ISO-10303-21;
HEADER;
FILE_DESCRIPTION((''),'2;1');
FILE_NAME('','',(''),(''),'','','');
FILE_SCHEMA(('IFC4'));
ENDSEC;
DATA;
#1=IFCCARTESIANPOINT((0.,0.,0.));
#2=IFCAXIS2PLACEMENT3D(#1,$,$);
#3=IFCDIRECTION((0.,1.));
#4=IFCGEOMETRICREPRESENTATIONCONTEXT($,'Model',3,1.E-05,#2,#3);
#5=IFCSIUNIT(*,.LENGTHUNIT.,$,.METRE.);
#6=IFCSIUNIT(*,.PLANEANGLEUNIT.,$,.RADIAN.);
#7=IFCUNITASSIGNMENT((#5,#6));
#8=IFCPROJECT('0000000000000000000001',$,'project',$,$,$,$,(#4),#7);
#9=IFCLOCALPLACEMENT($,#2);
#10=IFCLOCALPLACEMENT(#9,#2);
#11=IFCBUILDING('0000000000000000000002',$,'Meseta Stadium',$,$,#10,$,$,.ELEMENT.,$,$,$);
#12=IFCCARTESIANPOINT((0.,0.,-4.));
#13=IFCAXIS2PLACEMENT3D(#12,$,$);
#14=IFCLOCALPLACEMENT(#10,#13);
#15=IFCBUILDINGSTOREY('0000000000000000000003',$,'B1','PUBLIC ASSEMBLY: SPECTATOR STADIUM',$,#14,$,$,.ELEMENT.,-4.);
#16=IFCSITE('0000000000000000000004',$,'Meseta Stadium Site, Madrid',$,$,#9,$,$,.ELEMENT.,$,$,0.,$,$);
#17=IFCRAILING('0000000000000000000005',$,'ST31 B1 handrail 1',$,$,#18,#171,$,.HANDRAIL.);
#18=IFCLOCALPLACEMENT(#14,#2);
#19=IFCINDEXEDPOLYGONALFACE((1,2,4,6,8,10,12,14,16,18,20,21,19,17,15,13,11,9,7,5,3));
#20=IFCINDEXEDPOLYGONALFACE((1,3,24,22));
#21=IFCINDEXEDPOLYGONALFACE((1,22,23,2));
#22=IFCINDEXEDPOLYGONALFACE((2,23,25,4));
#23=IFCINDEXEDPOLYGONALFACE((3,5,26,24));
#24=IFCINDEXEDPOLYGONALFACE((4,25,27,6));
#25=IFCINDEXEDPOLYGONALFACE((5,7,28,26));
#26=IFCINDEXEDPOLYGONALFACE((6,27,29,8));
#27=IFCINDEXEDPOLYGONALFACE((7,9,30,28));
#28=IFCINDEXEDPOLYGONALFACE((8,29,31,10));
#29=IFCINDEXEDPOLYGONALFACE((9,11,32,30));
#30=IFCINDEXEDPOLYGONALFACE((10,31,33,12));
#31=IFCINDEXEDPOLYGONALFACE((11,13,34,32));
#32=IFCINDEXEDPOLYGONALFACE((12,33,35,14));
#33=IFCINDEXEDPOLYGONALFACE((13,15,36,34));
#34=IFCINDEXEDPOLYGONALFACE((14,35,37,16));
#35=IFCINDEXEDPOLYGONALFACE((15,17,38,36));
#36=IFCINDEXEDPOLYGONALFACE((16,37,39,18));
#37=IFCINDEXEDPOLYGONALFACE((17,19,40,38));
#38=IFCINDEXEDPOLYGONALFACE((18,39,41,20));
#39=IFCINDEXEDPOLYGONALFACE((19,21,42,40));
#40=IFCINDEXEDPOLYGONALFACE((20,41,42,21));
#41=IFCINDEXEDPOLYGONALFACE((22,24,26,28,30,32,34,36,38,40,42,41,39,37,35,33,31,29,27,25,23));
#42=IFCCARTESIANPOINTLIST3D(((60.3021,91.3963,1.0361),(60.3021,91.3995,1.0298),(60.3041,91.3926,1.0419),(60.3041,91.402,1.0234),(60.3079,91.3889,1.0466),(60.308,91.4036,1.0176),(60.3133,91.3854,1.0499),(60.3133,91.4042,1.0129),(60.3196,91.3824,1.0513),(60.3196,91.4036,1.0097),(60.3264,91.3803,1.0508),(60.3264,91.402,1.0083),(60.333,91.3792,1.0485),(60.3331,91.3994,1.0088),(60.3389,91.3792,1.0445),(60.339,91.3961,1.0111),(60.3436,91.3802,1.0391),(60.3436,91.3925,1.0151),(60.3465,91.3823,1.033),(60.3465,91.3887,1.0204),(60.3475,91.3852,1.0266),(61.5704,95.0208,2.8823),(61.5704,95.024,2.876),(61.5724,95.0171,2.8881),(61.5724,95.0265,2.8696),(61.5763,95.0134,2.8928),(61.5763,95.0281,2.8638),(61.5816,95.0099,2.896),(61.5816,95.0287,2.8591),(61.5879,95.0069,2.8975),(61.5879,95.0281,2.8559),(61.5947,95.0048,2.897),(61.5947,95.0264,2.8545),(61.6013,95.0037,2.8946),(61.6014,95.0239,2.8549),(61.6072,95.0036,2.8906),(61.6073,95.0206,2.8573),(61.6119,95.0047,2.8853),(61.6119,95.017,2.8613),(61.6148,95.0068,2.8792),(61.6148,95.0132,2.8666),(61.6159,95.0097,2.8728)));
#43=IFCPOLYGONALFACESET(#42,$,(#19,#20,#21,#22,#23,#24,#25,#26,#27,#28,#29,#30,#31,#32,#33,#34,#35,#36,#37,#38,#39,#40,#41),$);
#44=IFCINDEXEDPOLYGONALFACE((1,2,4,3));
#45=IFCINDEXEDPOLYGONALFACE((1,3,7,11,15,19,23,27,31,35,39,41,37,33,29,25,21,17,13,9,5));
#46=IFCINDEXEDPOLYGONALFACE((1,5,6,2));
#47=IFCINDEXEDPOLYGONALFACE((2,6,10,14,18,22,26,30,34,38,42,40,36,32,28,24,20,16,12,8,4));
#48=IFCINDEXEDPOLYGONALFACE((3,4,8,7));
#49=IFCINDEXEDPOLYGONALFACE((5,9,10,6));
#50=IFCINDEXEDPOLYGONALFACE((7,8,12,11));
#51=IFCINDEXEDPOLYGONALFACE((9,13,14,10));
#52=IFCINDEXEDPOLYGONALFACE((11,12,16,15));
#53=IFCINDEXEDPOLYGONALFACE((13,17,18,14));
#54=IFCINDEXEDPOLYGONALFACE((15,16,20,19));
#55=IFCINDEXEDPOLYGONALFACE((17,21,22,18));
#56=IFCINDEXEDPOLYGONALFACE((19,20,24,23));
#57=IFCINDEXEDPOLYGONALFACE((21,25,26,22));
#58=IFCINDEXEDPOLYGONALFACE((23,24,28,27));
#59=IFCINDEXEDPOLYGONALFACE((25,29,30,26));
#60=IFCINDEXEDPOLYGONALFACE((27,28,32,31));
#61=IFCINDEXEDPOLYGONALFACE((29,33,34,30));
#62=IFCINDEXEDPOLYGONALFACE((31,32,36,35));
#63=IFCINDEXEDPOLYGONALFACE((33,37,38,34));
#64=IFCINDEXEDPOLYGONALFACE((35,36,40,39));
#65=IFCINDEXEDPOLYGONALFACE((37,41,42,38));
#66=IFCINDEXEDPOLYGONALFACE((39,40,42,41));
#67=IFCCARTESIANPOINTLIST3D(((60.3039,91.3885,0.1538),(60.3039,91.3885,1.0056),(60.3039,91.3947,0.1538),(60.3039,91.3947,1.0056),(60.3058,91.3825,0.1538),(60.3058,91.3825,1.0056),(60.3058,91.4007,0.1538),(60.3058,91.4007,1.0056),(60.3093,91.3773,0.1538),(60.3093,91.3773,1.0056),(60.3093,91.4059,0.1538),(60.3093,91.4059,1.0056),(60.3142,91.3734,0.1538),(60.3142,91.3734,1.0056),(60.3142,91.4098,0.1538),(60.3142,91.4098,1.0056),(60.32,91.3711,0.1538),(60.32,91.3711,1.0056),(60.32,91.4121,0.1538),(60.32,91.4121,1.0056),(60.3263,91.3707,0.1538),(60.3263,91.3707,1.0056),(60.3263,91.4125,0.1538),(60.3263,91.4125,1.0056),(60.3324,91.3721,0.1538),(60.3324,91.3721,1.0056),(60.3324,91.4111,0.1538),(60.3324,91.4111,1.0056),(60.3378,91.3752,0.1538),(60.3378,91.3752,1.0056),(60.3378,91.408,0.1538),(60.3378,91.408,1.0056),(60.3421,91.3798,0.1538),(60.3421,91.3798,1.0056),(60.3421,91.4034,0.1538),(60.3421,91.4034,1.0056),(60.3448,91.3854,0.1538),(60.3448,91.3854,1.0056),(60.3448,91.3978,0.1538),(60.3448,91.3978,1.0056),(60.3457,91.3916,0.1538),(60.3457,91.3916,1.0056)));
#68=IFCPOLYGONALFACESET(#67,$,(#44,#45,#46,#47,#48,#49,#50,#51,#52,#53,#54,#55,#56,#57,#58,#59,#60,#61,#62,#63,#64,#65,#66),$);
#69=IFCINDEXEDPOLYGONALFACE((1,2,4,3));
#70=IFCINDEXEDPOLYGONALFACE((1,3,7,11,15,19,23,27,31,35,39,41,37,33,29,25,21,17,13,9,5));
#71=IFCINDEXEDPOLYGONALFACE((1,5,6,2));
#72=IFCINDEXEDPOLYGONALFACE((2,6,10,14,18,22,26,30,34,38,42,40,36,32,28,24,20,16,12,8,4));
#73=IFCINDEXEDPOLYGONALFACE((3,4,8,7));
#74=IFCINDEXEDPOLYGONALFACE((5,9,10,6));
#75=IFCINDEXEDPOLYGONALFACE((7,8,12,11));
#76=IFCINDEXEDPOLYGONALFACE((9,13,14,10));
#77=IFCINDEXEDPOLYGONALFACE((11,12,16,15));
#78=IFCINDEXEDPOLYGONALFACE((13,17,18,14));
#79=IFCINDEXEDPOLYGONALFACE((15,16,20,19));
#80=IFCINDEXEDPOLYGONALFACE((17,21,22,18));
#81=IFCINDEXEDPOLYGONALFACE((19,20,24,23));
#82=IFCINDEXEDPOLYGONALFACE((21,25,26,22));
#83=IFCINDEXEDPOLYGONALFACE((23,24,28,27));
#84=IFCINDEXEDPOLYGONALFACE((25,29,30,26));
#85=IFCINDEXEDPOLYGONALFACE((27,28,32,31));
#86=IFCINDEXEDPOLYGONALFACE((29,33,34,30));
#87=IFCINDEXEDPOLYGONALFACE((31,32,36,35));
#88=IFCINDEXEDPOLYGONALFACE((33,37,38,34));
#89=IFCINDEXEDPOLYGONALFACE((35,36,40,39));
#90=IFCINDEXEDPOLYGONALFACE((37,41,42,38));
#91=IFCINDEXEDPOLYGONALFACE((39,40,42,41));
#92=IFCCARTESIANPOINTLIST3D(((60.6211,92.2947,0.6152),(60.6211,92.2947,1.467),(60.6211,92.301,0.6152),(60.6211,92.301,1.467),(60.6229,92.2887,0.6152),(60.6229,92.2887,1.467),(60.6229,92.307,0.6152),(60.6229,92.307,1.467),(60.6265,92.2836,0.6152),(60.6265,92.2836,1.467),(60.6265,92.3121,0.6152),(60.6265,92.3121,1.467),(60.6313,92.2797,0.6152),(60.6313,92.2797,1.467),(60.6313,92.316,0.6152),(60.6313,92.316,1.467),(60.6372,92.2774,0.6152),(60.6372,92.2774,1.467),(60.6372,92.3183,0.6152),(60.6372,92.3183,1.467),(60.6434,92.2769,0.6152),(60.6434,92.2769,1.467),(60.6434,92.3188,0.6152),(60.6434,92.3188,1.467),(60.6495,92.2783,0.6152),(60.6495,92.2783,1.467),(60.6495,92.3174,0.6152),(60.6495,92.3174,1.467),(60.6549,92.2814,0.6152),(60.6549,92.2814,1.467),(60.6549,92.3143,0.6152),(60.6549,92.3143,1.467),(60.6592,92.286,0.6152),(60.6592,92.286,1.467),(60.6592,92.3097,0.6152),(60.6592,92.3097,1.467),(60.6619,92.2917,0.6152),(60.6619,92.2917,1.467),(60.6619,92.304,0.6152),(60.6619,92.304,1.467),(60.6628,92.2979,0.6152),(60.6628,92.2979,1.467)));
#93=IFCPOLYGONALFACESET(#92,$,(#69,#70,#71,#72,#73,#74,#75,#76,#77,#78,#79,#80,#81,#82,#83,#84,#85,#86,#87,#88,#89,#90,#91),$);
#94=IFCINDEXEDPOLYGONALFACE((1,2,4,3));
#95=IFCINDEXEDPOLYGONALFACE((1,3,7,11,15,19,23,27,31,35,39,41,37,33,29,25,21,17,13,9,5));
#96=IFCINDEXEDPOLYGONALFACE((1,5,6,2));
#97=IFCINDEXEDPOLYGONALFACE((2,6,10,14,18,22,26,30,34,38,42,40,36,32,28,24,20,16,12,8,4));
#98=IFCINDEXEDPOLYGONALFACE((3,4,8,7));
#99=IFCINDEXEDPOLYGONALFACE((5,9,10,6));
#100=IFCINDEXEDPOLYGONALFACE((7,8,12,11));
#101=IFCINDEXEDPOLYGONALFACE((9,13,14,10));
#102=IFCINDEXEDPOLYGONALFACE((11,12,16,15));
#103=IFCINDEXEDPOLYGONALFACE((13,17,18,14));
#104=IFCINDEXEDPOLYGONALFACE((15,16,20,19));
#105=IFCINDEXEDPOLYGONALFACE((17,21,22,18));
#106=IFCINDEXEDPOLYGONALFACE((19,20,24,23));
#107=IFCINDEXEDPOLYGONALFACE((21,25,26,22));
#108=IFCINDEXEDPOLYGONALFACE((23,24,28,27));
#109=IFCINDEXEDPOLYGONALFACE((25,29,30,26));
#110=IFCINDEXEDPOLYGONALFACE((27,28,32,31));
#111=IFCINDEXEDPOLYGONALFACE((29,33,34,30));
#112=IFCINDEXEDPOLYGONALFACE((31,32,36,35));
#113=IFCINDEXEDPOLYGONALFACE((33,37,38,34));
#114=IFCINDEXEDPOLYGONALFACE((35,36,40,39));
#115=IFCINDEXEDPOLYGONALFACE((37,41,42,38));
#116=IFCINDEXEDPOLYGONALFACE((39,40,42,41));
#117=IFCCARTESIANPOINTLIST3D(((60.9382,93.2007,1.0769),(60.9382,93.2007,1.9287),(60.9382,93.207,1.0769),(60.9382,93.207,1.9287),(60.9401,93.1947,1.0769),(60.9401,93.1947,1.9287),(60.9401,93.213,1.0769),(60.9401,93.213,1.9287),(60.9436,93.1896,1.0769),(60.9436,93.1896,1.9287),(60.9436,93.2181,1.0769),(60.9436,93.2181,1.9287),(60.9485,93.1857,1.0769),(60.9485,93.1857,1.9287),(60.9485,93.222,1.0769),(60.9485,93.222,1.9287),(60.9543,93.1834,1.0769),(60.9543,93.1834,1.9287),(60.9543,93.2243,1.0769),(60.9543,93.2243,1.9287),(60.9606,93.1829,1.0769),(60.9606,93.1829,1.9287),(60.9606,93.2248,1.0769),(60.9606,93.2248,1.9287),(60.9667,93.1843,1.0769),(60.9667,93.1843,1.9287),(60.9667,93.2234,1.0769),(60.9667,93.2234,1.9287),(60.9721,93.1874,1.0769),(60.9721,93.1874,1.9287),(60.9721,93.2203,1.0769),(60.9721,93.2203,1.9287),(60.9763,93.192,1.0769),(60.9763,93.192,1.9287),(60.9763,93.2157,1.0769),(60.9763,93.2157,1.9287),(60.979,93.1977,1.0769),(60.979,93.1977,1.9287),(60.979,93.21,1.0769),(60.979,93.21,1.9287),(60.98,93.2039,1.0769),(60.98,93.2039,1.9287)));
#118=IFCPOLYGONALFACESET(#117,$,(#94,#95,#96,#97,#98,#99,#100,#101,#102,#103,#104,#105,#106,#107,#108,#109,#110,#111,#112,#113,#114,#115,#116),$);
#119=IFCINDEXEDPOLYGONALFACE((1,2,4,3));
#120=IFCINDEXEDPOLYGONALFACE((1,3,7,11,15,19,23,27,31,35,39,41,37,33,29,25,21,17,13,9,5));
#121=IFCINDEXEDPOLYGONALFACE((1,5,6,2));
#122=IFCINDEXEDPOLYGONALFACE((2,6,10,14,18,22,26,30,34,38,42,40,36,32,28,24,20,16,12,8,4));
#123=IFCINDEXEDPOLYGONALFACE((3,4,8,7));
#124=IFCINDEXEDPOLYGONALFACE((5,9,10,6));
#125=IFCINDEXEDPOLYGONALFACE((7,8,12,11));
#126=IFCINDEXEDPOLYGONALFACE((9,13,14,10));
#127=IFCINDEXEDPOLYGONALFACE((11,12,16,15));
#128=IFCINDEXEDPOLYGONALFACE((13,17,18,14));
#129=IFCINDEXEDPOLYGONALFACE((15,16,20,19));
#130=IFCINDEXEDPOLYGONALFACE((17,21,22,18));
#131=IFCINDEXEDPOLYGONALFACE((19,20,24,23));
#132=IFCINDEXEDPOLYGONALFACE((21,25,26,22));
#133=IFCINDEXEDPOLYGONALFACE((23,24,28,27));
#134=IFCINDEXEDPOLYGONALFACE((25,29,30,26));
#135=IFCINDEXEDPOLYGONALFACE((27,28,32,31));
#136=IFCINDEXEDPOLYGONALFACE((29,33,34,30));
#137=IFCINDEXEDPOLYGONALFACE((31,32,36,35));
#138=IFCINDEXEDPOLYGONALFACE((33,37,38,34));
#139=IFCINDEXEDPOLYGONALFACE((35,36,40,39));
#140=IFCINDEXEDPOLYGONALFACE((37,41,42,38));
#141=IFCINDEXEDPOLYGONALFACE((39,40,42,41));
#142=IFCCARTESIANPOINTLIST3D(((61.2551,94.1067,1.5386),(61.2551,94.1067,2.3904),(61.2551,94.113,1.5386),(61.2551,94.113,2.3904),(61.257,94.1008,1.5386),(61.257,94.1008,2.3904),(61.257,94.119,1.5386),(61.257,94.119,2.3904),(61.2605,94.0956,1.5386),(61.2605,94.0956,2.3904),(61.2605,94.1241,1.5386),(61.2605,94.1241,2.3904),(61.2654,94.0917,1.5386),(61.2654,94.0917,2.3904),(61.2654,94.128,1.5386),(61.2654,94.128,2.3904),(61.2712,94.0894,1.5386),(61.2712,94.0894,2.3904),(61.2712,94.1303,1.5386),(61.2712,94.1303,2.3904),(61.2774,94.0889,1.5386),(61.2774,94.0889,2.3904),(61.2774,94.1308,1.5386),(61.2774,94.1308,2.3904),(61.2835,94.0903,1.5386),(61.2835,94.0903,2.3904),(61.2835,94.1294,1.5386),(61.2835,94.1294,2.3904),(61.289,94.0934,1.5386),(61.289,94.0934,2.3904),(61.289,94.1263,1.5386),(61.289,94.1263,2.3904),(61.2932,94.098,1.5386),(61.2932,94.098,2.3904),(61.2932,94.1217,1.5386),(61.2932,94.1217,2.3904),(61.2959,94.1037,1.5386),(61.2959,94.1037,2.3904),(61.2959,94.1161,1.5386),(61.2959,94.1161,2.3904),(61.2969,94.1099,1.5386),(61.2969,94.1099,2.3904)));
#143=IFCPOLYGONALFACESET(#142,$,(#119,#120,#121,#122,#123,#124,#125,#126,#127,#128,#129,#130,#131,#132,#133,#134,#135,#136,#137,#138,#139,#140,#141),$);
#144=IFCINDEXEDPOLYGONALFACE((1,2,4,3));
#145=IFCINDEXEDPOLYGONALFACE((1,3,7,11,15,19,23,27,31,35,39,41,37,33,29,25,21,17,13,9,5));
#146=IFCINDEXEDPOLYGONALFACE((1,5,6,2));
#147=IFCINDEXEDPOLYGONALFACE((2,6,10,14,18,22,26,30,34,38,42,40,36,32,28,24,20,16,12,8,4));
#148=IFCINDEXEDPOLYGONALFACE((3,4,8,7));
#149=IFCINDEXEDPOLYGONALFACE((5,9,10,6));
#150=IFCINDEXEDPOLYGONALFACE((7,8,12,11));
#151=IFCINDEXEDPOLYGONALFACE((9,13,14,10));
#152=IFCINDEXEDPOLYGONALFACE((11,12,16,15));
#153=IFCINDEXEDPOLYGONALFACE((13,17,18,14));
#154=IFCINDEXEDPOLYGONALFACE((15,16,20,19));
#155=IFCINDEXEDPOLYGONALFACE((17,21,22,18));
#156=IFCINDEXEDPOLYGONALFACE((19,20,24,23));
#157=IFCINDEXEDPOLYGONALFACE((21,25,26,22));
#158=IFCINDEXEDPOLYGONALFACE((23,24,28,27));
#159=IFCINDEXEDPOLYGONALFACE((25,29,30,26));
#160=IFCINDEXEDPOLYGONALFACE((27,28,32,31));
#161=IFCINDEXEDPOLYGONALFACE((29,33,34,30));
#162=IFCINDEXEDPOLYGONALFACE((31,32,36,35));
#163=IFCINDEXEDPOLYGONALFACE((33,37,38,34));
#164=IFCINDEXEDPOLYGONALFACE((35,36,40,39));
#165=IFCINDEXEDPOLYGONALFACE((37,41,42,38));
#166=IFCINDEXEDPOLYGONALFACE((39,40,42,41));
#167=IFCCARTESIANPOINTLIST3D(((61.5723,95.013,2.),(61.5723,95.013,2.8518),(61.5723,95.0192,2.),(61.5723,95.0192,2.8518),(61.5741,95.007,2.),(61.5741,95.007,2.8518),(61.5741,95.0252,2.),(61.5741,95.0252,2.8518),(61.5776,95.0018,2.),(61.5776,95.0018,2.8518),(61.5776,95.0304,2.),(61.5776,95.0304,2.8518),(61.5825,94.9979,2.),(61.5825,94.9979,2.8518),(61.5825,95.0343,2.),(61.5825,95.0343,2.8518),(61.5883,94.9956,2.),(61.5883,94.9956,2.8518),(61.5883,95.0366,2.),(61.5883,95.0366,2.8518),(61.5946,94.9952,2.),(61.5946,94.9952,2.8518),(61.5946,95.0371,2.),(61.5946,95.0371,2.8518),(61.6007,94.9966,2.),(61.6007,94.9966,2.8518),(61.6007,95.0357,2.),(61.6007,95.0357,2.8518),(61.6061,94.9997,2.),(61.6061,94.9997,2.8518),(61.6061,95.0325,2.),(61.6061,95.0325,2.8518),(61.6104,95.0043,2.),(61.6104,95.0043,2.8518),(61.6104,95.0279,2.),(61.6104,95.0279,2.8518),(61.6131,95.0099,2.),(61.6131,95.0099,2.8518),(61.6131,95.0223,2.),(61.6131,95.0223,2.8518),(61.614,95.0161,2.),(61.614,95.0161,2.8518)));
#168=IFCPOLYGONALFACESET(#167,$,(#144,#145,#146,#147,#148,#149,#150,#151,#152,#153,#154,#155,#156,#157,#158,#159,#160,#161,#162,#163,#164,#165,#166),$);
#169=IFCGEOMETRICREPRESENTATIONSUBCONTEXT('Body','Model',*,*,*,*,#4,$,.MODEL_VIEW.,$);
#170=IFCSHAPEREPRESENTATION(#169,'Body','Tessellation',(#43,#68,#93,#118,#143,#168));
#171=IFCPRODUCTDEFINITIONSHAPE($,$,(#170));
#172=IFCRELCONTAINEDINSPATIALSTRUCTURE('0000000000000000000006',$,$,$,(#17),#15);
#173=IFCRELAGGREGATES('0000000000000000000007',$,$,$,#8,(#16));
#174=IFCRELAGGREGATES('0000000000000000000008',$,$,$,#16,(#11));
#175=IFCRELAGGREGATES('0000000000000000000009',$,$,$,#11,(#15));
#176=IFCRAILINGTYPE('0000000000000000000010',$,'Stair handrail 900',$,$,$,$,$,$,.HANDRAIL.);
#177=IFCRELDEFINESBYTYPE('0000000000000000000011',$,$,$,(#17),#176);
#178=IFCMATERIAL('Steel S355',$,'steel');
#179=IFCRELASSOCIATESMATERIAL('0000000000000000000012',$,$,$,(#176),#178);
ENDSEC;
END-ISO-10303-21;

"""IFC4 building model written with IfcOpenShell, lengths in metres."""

from ifc_helpers import new_model, si_unit, direction, frame, origin, origin_2d, place, context, subcontext, project, spatial, circle, extrude, material, type_object, element, save


model = new_model("IFC4")

# Units and contexts
model_context = context("Model", 3, precision=1e-05, world=origin(), true_north=direction((0.0, 1.0)))
body_context = subcontext(model_context, "Body", "Model", "MODEL_VIEW")
ifc_project = project(units=[si_unit("LENGTHUNIT", "METRE"), si_unit("PLANEANGLEUNIT", "RADIAN")], contexts=[model_context])

# Site, building, storey
site_placement = place(None, origin())
site = spatial("IfcSite", under=ifc_project, at=site_placement, Name="Meseta Stadium Site, Madrid", CompositionType="ELEMENT", RefElevation=0.0)
building_placement = place(site_placement, origin())
building = spatial("IfcBuilding", under=site, at=building_placement, Name="Meseta Stadium", CompositionType="ELEMENT")
storey_placement = place(building_placement, frame((0.0, 0.0, -4.0)))
storey = spatial("IfcBuildingStorey", under=building, at=storey_placement, Name="B1", Description="PUBLIC ASSEMBLY: SPECTATOR STADIUM", CompositionType="ELEMENT", Elevation=-4.0)

# Railing
ifc_material_1 = material(Name="Steel S355", Category="steel")
railing_type_1 = type_object("IfcRailingType", Name="Stair handrail 900", PredefinedType="HANDRAIL", material=ifc_material_1)
for number, where, name in (
    (1, (60.3247, 91.3916, 0.1538), "ST31 B1 handrail 1"),
):
    element("IfcRailing", number, at=place(storey_placement, frame(where)), inside=storey, type_object=railing_type_1, Name=name, PredefinedType="HANDRAIL", context=body_context, shape_type="SweptSolid", body=[
        extrude(circle(Radius=0.0239, at=origin_2d()), frame((0.0, 0.0, 0.876), z_axis=(0.297672, 0.850672, 0.4333), x_axis=(-0.94388, 0.330288, 0.0)), (0.0, 0.0, 1.0), 4.2607),
        extrude(circle(Radius=0.021, at=origin_2d()), origin(), (0.0, 0.0, 1.0), 0.8518),
        extrude(circle(Radius=0.021, at=origin_2d()), frame((0.3171, 0.9062, 0.4614)), (0.0, 0.0, 1.0), 0.8518),
        extrude(circle(Radius=0.021, at=origin_2d()), frame((0.6343, 1.8123, 0.9231)), (0.0, 0.0, 1.0), 0.8518),
        extrude(circle(Radius=0.021, at=origin_2d()), frame((0.9512, 2.7183, 1.3848)), (0.0, 0.0, 1.0), 0.8518),
        extrude(circle(Radius=0.021, at=origin_2d()), frame((1.2683, 3.6245, 1.8462)), (0.0, 0.0, 1.0), 0.8518),
    ])

save(model, "model.ifc")
